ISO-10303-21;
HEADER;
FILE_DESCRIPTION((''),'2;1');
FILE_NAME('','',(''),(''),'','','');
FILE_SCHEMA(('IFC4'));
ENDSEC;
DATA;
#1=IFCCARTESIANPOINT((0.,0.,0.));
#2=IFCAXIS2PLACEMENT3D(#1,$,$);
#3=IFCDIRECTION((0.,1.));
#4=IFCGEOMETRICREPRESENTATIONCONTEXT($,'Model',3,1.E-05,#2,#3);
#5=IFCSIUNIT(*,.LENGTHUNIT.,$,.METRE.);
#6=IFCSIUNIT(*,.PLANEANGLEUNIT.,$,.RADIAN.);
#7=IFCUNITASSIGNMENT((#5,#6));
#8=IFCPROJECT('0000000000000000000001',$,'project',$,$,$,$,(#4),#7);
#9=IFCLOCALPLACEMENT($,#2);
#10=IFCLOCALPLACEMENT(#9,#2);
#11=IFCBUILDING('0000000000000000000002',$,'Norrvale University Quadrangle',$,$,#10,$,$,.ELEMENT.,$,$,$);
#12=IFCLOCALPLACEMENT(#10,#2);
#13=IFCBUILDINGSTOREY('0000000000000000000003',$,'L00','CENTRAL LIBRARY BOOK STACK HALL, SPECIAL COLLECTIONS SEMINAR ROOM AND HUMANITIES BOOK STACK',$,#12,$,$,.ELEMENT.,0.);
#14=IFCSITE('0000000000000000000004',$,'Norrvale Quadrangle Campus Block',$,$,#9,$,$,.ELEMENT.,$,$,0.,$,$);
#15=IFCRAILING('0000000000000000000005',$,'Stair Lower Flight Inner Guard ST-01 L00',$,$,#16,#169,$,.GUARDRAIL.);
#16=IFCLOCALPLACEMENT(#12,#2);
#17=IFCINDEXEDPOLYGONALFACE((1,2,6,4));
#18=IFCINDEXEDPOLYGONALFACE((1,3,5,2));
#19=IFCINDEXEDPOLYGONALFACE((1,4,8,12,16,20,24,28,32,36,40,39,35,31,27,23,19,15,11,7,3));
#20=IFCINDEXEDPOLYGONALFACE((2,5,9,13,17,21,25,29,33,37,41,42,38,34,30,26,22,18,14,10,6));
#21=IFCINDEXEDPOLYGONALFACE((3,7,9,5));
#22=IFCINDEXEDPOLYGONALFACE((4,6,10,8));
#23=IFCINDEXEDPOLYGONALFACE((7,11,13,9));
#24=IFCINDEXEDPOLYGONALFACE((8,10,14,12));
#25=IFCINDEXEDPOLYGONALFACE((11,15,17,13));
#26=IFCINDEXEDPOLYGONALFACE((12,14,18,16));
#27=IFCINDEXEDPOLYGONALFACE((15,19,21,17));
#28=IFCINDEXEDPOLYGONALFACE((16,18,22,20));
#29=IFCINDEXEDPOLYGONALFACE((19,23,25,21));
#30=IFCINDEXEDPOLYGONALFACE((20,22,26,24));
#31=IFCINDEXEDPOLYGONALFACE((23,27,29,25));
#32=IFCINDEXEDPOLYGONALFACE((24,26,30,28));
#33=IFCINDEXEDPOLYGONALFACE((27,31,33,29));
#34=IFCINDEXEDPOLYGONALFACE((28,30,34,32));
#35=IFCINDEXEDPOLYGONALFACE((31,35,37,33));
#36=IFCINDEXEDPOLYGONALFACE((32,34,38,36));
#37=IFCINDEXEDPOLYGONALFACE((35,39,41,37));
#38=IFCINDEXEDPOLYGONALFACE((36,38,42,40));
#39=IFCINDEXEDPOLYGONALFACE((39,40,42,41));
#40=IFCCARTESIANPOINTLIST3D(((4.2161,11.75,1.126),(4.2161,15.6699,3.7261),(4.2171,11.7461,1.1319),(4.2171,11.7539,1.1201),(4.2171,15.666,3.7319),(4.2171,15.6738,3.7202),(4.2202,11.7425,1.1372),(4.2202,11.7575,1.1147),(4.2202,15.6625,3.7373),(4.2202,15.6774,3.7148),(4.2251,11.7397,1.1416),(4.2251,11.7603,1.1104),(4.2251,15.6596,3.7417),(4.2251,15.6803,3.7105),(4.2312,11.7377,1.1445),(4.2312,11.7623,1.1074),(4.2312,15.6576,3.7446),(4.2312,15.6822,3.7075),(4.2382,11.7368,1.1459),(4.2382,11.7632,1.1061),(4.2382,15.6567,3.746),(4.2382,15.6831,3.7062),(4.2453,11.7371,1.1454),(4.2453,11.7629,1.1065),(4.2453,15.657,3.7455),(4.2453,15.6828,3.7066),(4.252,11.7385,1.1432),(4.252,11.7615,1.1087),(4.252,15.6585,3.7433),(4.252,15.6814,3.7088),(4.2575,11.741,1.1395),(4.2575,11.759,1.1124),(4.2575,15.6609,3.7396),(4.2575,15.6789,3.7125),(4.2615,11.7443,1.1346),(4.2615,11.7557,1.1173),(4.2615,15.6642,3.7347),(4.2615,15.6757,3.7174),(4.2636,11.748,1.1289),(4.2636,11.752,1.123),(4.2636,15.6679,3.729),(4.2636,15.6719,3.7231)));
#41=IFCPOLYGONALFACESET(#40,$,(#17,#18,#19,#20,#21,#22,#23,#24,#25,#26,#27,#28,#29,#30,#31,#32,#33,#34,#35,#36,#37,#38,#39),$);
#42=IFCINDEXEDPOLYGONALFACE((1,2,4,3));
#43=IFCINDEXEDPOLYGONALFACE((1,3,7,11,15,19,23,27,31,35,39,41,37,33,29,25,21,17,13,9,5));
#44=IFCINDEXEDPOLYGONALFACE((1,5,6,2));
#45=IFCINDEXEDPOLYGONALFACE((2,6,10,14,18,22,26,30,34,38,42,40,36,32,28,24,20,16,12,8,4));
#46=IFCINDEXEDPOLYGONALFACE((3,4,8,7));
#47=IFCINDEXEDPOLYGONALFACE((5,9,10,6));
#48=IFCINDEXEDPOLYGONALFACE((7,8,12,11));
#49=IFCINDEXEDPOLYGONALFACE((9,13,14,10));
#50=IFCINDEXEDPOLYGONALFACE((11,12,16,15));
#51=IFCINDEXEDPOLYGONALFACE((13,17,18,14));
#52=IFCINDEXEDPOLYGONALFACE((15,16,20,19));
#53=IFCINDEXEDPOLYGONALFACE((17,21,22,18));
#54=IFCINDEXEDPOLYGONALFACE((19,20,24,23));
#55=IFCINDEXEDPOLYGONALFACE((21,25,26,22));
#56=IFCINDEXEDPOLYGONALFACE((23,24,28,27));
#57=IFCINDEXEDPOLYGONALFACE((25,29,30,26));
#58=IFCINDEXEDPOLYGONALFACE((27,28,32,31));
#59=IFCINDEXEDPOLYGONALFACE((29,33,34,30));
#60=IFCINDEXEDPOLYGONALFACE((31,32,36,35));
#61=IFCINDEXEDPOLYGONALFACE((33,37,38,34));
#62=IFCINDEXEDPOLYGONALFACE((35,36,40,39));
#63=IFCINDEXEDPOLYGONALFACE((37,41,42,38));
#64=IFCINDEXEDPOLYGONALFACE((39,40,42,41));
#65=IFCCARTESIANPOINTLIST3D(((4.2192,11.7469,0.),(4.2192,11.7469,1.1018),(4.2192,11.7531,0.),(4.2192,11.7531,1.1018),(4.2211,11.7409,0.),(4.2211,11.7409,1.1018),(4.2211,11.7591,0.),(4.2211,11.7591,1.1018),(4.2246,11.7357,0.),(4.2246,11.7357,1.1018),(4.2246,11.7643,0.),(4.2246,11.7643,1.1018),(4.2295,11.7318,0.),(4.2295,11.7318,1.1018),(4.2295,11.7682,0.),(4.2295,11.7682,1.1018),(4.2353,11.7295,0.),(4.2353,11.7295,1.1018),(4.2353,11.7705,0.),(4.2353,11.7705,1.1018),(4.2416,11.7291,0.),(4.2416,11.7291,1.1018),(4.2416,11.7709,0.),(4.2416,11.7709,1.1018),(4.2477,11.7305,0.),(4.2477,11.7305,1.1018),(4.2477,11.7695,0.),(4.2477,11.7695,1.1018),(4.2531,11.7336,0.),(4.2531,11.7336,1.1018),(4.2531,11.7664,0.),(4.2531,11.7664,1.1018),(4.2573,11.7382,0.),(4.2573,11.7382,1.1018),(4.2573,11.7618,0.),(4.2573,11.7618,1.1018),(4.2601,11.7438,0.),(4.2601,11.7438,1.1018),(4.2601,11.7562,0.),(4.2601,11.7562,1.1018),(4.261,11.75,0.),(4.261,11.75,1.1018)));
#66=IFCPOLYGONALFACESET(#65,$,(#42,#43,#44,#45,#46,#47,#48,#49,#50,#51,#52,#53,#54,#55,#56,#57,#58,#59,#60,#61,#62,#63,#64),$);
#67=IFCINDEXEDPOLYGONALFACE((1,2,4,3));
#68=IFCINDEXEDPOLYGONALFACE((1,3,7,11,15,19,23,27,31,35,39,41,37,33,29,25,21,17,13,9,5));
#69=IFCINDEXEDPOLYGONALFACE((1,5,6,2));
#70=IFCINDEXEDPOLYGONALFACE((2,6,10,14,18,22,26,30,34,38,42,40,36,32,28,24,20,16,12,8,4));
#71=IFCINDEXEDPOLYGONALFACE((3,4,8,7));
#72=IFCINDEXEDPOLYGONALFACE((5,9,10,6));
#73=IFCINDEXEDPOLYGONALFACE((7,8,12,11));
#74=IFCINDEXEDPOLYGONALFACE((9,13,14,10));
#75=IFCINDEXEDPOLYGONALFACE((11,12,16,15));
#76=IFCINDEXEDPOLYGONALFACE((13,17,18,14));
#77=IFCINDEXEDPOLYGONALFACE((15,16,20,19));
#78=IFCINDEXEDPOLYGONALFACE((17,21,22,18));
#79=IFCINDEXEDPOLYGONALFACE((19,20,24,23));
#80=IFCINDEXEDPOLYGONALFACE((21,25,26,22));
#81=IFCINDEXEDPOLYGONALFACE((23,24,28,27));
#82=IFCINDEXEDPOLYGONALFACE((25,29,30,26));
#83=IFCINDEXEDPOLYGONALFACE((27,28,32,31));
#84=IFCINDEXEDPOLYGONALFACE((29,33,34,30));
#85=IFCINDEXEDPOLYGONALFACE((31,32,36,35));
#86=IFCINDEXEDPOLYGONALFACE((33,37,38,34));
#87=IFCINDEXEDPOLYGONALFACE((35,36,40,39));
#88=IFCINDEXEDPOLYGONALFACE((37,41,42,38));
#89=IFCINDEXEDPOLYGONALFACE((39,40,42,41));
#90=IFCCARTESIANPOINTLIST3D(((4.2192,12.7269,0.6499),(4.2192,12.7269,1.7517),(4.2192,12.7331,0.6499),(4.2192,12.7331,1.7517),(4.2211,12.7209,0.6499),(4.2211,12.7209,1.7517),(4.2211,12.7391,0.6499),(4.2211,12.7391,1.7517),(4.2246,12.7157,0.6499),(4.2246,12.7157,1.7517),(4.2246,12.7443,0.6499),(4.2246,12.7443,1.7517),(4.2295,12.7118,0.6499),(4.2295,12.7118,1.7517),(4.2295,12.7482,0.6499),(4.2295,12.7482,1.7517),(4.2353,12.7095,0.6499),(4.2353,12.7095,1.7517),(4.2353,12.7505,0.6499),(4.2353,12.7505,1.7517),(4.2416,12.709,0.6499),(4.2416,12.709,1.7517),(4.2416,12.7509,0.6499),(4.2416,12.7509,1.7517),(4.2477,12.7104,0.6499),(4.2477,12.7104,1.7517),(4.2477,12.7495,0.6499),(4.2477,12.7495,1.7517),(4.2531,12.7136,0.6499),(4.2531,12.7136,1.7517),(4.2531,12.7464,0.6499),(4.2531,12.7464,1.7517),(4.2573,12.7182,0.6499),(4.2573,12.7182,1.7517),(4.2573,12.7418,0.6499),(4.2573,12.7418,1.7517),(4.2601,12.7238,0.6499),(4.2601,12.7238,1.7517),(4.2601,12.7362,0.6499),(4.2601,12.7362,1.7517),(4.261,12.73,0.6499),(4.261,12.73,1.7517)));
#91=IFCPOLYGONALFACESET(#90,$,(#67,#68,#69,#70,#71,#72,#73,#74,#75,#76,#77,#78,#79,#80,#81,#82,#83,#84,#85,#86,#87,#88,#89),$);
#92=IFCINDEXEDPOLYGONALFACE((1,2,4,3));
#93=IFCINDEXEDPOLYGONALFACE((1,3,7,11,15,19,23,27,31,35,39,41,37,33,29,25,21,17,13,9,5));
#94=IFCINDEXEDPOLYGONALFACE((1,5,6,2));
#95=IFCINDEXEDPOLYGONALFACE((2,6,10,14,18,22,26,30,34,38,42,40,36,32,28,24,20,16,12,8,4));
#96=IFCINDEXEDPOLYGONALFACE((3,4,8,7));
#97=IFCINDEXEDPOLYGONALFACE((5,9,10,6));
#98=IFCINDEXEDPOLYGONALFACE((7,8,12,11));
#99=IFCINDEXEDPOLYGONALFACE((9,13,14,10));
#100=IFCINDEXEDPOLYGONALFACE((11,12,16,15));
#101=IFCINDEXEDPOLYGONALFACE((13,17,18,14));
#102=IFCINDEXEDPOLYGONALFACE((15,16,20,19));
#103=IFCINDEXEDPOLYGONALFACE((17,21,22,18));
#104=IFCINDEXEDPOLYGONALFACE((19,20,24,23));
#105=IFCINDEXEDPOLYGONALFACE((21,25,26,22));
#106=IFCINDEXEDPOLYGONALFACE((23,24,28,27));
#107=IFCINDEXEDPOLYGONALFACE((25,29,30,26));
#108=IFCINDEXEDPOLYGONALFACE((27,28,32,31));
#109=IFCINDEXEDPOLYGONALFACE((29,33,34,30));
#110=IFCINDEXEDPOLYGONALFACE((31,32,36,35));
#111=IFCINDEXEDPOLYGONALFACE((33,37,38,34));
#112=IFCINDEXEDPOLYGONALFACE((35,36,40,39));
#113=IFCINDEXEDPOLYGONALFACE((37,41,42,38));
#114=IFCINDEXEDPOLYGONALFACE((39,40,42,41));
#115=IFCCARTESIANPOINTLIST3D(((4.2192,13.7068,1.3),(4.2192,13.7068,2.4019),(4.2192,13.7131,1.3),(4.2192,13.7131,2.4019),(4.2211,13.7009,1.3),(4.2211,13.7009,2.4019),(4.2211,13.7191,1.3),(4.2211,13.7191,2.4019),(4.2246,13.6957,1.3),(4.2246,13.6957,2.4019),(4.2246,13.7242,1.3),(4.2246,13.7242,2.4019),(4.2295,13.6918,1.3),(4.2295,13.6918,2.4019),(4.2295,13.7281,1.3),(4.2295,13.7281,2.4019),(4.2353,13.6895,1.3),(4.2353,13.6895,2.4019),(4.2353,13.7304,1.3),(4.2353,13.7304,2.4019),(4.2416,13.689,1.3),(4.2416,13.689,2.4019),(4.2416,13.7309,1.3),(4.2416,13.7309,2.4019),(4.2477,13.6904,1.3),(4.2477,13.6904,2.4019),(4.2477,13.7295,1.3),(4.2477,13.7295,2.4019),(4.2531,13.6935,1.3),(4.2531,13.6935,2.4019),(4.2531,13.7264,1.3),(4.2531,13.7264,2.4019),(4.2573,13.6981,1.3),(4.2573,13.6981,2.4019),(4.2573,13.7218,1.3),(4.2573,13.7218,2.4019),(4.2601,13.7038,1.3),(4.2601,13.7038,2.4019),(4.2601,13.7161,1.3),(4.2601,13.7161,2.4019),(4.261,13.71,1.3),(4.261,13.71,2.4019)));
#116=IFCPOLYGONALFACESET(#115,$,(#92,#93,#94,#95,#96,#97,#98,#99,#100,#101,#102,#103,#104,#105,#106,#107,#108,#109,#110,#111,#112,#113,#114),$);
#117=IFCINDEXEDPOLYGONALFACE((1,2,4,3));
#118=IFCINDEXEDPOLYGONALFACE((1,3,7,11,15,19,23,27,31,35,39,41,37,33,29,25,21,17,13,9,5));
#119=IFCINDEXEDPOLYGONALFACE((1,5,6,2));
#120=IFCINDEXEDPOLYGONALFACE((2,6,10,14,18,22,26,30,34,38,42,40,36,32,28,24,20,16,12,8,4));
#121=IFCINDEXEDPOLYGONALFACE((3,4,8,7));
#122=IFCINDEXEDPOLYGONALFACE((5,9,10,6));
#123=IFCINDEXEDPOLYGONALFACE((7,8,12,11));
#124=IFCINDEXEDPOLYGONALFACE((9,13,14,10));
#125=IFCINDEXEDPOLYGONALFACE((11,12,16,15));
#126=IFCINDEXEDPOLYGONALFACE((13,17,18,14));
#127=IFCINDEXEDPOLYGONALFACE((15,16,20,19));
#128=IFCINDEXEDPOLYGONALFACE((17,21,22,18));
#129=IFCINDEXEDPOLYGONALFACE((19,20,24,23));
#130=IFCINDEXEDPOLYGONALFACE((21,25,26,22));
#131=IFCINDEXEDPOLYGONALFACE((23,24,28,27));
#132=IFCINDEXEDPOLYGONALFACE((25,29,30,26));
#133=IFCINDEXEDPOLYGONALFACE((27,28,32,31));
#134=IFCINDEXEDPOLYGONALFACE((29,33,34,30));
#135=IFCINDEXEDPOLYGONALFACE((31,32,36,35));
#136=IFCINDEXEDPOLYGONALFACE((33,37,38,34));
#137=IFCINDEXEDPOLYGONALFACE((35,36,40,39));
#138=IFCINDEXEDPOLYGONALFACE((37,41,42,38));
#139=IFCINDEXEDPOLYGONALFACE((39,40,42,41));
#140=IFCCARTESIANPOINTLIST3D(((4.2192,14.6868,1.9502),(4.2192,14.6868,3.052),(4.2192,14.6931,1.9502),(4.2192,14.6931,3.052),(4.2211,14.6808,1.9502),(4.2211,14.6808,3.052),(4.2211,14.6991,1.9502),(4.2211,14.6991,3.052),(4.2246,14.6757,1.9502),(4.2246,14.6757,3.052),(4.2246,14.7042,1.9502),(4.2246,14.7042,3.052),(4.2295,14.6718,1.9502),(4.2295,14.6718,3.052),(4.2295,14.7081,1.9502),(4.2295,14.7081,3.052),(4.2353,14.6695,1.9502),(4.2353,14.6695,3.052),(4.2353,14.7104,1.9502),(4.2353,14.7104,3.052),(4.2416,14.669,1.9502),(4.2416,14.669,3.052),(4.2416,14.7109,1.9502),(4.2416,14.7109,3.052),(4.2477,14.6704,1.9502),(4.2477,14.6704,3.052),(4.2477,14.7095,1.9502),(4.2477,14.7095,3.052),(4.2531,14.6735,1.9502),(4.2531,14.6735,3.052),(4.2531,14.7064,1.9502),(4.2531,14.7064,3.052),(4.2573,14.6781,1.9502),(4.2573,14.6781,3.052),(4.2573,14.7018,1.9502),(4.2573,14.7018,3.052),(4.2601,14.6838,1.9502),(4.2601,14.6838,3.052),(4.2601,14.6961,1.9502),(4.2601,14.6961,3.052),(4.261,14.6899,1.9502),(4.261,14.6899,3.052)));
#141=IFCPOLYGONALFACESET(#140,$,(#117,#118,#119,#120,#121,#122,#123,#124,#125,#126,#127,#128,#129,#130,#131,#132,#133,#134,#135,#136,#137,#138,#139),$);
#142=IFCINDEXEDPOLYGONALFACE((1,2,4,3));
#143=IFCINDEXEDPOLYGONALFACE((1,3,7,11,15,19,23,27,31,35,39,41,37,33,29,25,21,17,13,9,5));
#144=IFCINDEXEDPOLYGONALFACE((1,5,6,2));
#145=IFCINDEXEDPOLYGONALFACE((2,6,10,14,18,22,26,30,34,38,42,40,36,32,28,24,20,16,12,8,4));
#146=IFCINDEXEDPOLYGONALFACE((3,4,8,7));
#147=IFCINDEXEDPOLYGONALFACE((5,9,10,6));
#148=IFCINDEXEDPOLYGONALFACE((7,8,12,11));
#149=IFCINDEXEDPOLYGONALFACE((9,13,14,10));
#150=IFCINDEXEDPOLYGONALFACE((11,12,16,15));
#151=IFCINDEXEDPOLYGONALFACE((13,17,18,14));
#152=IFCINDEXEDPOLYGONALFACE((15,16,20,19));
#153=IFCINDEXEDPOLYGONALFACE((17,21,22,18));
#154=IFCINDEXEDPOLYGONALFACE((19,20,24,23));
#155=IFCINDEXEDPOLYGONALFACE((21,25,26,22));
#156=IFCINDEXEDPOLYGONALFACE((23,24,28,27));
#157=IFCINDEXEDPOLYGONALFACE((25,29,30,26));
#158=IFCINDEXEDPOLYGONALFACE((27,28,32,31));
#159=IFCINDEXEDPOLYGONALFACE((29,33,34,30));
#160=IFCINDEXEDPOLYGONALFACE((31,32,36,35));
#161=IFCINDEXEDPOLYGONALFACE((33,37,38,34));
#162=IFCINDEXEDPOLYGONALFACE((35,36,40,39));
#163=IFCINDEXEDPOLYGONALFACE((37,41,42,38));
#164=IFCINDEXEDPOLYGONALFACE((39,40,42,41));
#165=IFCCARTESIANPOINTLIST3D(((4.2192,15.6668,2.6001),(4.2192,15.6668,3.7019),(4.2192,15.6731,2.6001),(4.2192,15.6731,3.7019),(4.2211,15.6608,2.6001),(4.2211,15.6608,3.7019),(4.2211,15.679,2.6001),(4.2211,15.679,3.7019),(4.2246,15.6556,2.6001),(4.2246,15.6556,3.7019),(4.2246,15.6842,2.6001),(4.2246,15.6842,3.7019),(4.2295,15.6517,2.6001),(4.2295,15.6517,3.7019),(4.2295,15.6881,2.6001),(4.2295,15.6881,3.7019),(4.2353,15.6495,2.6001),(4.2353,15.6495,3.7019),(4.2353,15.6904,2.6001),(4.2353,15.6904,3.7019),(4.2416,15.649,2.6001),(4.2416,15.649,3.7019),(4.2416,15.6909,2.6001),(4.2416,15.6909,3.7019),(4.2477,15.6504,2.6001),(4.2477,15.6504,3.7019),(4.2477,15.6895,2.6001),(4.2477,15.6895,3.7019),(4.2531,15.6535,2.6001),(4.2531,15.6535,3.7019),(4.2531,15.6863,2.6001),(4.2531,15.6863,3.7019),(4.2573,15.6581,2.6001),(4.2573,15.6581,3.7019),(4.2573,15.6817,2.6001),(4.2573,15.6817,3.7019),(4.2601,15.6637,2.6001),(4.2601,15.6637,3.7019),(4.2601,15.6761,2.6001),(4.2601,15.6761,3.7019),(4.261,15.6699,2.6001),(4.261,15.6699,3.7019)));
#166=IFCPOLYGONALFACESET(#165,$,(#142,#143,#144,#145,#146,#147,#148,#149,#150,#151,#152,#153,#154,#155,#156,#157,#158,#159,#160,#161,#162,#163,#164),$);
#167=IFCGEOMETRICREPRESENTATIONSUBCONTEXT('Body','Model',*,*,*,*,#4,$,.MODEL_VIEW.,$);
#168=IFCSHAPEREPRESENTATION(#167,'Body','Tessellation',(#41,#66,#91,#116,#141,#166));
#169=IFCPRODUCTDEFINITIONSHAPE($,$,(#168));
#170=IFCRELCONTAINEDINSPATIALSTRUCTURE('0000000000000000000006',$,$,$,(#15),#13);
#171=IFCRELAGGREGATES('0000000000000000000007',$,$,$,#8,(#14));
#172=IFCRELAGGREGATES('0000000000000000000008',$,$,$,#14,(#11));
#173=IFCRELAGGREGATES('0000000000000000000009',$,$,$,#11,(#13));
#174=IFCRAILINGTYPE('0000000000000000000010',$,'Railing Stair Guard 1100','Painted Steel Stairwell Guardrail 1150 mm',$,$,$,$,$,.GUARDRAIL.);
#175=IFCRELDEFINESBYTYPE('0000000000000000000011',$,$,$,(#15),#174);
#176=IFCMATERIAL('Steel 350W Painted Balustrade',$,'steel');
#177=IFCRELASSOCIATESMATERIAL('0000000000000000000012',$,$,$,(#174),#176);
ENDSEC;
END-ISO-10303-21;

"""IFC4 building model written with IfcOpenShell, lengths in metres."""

from ifc_helpers import new_model, si_unit, direction, frame, origin, origin_2d, place, context, subcontext, project, spatial, circle, extrude, material, type_object, element, save


model = new_model("IFC4")

# Units and contexts
model_context = context("Model", 3, precision=1e-05, world=origin(), true_north=direction((0.0, 1.0)))
body_context = subcontext(model_context, "Body", "Model", "MODEL_VIEW")
ifc_project = project(units=[si_unit("LENGTHUNIT", "METRE"), si_unit("PLANEANGLEUNIT", "RADIAN")], contexts=[model_context])

# Site, building, storey
site_placement = place(None, origin())
site = spatial("IfcSite", under=ifc_project, at=site_placement, Name="Norrvale Quadrangle Campus Block", CompositionType="ELEMENT", RefElevation=0.0)
building_placement = place(site_placement, origin())
building = spatial("IfcBuilding", under=site, at=building_placement, Name="Norrvale University Quadrangle", CompositionType="ELEMENT")
storey_placement = place(building_placement, origin())
storey = spatial("IfcBuildingStorey", under=building, at=storey_placement, Name="L00", Description="CENTRAL LIBRARY BOOK STACK HALL, SPECIAL COLLECTIONS SEMINAR ROOM AND HUMANITIES BOOK STACK", CompositionType="ELEMENT", Elevation=0.0)

# Railing
ifc_material_1 = material(Name="Steel 350W Painted Balustrade", Category="steel")
railing_type_1 = type_object("IfcRailingType", Name="Railing Stair Guard 1100", Description="Painted Steel Stairwell Guardrail 1150 mm", PredefinedType="GUARDRAIL", material=ifc_material_1)
railing_1_placement = place(storey_placement, frame((4.24, 11.75, 0.0)))
element("IfcRailing", 1, at=railing_1_placement, inside=storey, type_object=railing_type_1, Name="Stair Lower Flight Inner Guard ST-01 L00", PredefinedType="GUARDRAIL", context=body_context, shape_type="SweptSolid", body=[
    extrude(circle(Radius=0.0239, at=origin_2d()), frame((0.0, 0.0, 1.126), z_axis=(0.0, 0.833342, 0.552758), x_axis=(-1.0, 0.0, 0.0)), (0.0, 0.0, 1.0), 4.7039),
    extrude(circle(Radius=0.021, at=origin_2d()), origin(), (0.0, 0.0, 1.0), 1.1018),
    extrude(circle(Radius=0.021, at=origin_2d()), frame((0.0, 0.98, 0.6499)), (0.0, 0.0, 1.0), 1.1018),
    extrude(circle(Radius=0.021, at=origin_2d()), frame((0.0, 1.96, 1.3)), (0.0, 0.0, 1.0), 1.1018),
    extrude(circle(Radius=0.021, at=origin_2d()), frame((0.0, 2.9399, 1.9502)), (0.0, 0.0, 1.0), 1.1018),
    extrude(circle(Radius=0.021, at=origin_2d()), frame((0.0, 3.9199, 2.6001)), (0.0, 0.0, 1.0), 1.1018),
])

save(model, "model.ifc")
